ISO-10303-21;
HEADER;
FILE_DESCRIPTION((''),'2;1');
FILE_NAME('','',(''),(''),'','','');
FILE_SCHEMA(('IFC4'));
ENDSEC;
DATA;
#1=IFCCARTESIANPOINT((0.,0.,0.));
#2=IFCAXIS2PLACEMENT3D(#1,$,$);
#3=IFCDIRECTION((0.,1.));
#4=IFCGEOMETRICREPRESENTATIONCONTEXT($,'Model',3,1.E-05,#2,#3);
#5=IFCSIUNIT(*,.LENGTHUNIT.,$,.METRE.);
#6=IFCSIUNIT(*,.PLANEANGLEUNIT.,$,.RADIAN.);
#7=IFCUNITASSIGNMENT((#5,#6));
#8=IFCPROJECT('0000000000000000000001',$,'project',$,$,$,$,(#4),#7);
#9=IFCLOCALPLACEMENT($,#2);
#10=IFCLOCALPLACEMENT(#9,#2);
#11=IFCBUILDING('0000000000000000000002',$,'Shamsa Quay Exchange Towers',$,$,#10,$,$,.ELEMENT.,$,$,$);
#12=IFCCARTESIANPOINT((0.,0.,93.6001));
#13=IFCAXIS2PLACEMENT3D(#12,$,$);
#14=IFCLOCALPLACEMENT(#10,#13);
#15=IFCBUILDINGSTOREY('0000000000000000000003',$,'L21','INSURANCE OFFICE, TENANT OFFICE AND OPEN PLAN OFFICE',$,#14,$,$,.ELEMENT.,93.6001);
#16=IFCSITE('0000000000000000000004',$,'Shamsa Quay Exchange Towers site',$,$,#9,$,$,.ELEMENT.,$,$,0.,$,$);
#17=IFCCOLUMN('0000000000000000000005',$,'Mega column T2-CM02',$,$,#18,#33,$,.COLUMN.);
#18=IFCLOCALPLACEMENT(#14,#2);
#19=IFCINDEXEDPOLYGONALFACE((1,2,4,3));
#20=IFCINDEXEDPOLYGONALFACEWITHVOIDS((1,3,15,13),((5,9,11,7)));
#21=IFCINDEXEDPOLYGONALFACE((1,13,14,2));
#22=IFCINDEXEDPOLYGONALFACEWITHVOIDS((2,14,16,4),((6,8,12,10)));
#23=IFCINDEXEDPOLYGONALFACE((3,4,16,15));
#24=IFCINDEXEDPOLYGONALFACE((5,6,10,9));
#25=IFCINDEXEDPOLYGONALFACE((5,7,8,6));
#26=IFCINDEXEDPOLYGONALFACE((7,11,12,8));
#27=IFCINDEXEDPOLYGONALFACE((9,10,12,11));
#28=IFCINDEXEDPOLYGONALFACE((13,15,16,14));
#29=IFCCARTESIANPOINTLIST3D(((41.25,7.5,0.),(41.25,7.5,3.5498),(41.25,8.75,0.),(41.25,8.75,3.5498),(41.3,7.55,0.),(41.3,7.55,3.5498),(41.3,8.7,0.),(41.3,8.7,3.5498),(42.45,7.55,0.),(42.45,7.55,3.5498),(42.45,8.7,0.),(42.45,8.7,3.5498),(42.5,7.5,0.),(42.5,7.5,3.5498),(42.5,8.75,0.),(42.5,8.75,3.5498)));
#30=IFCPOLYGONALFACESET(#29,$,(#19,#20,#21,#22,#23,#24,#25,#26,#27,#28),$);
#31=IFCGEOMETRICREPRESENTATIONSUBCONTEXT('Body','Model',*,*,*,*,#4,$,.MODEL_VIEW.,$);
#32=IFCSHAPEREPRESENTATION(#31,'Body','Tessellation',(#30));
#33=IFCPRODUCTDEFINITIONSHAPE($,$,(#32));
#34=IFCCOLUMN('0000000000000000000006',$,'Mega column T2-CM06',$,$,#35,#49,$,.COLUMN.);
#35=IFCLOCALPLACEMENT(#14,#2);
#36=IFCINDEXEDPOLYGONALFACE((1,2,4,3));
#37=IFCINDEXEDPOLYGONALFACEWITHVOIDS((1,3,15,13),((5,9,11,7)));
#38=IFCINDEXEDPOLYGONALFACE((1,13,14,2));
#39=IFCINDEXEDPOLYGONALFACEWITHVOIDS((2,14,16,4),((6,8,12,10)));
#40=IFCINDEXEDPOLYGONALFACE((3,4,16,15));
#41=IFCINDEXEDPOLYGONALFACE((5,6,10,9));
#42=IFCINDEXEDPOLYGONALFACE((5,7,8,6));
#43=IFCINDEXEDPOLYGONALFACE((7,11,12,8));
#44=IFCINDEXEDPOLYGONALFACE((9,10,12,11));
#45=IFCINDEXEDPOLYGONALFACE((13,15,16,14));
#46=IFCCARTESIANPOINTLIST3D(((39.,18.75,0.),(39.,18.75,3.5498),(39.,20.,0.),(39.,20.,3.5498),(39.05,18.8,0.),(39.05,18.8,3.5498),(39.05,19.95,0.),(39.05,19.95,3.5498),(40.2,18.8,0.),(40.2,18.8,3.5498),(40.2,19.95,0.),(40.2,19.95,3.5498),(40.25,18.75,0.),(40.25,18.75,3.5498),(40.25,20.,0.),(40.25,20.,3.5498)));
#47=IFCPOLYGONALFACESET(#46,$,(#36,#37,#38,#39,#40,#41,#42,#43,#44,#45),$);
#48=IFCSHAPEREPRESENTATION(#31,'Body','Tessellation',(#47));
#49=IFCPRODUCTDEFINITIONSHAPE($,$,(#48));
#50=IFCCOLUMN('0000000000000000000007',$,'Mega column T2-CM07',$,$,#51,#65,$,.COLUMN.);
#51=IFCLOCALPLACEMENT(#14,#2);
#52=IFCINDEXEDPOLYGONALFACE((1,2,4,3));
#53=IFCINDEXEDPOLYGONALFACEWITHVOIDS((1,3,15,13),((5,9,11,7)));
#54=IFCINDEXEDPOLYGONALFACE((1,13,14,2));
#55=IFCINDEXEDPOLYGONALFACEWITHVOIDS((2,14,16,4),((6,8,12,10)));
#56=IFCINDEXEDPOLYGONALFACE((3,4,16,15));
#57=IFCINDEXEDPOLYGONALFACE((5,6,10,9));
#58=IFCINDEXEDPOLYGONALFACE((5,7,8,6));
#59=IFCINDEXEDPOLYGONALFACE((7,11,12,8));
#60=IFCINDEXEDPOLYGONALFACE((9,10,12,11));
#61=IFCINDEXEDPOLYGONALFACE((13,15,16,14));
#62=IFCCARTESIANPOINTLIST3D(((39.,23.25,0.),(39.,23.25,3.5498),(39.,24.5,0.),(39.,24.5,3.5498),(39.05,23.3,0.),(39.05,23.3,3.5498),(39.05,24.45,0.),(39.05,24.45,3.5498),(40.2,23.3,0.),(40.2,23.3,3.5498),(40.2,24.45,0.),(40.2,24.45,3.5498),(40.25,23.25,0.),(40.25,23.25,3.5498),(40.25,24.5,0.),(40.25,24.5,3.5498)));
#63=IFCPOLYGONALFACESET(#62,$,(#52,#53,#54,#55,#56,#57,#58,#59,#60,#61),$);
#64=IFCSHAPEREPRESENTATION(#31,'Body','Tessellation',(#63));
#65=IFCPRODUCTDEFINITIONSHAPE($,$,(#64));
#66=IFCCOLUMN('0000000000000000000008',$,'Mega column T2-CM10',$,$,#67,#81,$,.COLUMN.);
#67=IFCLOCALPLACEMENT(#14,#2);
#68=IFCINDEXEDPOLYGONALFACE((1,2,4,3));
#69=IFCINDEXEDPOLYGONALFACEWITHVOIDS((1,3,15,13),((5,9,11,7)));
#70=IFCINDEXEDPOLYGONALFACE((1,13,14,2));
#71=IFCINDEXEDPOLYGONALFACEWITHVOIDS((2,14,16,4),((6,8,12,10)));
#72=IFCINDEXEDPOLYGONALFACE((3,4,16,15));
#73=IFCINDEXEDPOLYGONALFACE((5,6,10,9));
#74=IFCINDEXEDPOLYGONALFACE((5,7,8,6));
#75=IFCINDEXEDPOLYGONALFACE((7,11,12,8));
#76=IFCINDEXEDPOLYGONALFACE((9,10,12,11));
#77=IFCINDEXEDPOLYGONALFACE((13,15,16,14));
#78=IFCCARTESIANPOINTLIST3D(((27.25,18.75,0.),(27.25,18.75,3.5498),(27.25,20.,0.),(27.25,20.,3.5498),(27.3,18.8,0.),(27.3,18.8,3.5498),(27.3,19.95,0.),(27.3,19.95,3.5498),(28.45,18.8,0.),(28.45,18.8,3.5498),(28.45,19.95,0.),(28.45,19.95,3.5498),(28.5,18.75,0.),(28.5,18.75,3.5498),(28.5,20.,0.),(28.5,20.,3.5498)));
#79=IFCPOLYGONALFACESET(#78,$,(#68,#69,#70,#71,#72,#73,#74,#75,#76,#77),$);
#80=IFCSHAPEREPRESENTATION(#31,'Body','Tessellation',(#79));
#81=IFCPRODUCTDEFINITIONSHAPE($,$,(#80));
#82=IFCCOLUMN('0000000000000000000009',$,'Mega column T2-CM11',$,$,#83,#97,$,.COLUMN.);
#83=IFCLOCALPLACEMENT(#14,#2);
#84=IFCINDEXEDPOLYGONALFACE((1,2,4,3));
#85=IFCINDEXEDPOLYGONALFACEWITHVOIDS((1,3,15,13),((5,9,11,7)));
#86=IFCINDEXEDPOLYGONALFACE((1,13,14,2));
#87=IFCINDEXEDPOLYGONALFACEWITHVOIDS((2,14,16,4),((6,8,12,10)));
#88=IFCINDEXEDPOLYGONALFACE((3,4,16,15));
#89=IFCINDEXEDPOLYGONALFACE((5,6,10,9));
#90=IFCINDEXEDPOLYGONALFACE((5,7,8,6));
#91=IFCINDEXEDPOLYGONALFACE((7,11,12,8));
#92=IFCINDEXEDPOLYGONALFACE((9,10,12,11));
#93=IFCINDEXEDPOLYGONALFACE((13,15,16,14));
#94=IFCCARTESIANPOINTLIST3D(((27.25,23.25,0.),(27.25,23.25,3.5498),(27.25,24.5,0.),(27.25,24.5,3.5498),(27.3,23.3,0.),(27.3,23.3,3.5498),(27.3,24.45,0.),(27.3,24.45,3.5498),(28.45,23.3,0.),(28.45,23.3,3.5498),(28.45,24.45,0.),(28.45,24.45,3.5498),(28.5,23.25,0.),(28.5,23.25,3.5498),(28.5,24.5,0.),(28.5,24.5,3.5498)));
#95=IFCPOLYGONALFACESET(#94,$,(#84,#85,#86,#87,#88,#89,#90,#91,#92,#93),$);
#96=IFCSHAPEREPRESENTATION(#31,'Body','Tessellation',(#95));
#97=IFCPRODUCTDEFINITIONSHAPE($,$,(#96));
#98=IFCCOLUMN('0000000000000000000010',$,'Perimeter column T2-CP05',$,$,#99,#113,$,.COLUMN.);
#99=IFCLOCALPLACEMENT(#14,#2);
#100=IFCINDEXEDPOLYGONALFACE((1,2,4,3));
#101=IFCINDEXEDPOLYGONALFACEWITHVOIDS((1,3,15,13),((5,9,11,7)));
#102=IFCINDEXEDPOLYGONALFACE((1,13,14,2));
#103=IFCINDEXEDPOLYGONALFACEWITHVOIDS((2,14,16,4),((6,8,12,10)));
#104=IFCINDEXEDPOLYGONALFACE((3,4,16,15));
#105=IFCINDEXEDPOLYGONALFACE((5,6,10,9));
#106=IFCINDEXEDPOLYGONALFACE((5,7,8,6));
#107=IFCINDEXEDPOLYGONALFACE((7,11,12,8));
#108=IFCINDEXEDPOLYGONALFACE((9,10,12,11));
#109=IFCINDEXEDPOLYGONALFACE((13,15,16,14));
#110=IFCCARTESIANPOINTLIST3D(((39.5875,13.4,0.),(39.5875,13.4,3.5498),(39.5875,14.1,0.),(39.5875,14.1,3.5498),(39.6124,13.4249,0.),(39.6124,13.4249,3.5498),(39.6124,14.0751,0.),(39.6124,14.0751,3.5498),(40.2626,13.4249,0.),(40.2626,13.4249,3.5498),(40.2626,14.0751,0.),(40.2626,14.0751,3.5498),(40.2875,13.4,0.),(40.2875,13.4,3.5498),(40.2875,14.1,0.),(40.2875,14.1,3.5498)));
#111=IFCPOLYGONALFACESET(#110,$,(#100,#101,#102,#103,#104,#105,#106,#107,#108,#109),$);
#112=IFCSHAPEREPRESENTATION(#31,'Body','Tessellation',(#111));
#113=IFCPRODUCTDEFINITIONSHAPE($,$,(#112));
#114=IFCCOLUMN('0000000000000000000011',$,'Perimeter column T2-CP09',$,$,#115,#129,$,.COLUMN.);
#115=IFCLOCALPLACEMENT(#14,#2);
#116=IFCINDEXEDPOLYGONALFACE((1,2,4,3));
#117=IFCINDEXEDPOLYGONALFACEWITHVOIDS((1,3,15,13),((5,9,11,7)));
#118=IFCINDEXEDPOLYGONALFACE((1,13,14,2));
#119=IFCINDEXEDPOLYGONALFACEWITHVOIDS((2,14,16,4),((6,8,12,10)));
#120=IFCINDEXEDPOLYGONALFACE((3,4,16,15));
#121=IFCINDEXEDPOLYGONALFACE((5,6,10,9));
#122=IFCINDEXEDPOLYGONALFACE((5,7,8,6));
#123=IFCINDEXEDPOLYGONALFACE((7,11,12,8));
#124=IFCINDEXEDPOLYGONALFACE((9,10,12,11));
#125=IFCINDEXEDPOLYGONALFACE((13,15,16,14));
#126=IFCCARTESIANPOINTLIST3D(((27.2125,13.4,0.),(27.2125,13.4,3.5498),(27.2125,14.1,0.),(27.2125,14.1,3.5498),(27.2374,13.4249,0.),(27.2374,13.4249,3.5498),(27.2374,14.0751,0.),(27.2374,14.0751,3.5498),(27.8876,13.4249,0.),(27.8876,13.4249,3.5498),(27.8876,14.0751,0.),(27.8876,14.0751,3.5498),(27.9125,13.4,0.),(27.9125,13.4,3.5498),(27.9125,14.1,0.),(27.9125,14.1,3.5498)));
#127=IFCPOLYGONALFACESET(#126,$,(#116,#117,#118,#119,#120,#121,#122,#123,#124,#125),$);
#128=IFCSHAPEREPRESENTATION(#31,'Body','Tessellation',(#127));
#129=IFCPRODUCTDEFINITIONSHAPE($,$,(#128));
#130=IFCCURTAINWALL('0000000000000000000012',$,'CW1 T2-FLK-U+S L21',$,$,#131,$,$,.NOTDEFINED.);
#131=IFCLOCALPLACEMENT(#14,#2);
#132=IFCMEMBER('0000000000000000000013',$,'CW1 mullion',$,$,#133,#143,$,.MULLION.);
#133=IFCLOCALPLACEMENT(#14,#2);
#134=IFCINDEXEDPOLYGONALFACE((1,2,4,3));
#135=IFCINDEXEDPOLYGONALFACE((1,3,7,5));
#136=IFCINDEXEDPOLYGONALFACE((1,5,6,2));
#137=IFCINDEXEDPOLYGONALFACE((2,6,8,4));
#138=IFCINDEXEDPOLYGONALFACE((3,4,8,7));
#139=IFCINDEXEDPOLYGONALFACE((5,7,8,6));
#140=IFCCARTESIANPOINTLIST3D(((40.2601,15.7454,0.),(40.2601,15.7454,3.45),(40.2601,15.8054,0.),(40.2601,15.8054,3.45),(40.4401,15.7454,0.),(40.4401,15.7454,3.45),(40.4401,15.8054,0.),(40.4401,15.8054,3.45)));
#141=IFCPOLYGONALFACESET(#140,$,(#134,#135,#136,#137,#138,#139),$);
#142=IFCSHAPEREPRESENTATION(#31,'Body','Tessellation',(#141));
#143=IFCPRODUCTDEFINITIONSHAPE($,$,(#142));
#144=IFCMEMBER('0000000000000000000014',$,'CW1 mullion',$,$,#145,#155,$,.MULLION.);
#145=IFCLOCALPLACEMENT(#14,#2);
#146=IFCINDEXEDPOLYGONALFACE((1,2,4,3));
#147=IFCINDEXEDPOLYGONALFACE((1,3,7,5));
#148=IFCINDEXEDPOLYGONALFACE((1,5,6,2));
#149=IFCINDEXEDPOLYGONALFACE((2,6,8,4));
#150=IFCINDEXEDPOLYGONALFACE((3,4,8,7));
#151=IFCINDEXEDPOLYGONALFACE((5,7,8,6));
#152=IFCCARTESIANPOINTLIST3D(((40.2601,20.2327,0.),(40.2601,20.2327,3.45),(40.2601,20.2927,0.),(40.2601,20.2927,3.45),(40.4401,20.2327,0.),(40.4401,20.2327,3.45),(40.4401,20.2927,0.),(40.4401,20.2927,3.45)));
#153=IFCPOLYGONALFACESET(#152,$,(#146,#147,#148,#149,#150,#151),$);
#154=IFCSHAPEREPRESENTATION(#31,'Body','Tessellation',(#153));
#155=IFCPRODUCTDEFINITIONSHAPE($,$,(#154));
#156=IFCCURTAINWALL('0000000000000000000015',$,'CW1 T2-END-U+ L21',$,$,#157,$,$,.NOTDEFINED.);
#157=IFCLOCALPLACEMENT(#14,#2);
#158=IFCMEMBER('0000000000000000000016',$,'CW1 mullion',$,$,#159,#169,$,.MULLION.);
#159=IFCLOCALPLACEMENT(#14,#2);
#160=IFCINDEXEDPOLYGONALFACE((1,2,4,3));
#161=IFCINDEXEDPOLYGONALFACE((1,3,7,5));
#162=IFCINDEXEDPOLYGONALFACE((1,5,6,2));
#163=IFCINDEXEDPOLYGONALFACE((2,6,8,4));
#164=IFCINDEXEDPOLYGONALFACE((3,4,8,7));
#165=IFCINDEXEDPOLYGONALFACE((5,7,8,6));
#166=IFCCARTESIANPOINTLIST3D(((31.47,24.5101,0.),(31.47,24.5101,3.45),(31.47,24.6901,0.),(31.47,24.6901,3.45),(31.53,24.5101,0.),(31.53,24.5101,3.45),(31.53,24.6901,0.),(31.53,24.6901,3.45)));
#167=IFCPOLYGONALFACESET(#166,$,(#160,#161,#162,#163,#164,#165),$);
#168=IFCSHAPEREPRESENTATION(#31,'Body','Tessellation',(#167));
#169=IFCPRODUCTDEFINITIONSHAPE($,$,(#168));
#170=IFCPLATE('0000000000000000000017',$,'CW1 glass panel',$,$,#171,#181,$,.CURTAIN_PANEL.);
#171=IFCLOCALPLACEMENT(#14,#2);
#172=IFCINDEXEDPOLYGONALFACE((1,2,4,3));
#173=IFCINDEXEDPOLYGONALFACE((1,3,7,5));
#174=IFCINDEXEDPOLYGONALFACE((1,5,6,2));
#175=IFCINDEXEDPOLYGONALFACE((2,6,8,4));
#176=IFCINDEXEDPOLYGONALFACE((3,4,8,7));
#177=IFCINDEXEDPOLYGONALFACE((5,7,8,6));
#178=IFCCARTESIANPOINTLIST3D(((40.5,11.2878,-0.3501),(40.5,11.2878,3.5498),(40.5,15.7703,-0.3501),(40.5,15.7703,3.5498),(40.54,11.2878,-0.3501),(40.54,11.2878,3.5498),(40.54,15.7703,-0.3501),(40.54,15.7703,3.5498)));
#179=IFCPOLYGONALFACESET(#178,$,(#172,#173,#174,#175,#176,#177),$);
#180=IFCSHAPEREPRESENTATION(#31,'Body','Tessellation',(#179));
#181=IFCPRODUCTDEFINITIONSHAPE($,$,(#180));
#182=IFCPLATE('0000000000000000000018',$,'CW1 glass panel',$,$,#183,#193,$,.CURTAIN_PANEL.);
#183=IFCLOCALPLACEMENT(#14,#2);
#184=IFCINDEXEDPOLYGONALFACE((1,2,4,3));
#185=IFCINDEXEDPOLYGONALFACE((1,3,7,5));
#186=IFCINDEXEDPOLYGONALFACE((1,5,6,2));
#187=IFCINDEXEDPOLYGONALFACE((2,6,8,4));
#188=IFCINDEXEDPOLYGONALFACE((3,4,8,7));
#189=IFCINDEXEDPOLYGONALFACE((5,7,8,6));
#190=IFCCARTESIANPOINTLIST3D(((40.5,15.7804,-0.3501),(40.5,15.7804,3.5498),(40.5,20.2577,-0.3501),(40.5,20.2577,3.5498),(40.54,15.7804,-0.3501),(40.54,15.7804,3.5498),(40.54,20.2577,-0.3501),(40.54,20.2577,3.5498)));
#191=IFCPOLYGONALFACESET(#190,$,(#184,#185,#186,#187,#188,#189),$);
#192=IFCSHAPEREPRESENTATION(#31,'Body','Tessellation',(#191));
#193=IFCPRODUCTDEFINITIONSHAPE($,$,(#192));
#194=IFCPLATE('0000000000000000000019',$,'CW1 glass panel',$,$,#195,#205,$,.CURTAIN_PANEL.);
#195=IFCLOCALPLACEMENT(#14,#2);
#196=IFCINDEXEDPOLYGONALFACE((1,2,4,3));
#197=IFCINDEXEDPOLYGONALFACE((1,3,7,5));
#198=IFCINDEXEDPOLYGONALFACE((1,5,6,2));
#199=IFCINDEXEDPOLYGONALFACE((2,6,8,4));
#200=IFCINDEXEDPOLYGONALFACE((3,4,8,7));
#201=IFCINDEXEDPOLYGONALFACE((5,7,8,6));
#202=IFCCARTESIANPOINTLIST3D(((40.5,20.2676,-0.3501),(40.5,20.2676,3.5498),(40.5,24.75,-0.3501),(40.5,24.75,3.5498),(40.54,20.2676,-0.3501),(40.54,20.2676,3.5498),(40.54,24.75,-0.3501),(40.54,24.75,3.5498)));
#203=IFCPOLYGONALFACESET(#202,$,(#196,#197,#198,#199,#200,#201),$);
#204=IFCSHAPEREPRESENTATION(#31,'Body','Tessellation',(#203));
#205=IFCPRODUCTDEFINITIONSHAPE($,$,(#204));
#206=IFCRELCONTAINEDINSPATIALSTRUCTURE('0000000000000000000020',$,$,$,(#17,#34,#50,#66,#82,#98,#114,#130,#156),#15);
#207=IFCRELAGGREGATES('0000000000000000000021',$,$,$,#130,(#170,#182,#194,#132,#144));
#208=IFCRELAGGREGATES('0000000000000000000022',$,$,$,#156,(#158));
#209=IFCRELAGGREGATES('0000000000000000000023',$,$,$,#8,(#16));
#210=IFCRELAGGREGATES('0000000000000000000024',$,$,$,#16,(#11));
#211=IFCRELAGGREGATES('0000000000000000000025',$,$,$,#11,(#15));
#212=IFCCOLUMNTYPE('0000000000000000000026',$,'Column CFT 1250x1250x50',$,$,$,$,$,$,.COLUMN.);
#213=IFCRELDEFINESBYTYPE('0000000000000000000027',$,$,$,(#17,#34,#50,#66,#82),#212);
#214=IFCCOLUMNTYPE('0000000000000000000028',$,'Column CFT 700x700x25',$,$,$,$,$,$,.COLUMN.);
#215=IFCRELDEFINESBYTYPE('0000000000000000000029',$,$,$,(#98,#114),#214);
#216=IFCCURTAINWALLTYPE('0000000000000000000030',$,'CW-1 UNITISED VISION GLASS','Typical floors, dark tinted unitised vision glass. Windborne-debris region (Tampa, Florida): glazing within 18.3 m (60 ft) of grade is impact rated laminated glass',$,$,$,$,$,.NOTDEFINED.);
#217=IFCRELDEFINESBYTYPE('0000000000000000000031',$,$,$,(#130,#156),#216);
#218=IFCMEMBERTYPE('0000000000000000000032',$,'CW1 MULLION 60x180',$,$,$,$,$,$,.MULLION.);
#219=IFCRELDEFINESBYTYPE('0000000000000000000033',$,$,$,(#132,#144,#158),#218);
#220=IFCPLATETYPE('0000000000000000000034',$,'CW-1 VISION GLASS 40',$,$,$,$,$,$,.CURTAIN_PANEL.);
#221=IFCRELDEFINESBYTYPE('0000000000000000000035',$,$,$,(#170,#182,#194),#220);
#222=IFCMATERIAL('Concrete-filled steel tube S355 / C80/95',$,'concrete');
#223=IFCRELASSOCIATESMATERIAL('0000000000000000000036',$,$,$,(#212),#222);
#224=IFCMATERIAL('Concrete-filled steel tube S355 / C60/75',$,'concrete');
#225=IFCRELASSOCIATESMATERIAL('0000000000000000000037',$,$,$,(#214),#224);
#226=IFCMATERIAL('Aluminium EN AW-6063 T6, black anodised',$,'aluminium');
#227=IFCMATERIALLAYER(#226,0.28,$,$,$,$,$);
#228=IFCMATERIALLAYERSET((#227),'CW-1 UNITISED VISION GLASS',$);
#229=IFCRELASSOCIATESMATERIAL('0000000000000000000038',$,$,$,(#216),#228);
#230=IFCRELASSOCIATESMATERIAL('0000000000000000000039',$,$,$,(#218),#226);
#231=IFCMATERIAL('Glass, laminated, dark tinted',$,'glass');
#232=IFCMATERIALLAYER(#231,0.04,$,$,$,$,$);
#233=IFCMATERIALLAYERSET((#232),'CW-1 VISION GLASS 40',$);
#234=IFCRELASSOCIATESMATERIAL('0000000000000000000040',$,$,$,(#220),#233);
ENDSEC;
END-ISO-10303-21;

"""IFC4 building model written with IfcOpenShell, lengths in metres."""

from ifc_helpers import new_model, si_unit, direction, frame, origin, origin_2d, place, context, subcontext, project, spatial, rectangle, hollow_rectangle, extrude, material, layer, layer_set, material_profile, profile_set, type_object, element, aggregate, save


model = new_model("IFC4")

# Units and contexts
model_context = context("Model", 3, precision=1e-05, world=origin(), true_north=direction((0.0, 1.0)))
body_context = subcontext(model_context, "Body", "Model", "MODEL_VIEW")
ifc_project = project(units=[si_unit("LENGTHUNIT", "METRE"), si_unit("PLANEANGLEUNIT", "RADIAN")], contexts=[model_context])

# Site, building, storey
site_placement = place(None, origin())
site = spatial("IfcSite", under=ifc_project, at=site_placement, Name="Shamsa Quay Exchange Towers site", CompositionType="ELEMENT", RefElevation=0.0)
building_placement = place(site_placement, origin())
building = spatial("IfcBuilding", under=site, at=building_placement, Name="Shamsa Quay Exchange Towers", CompositionType="ELEMENT")
storey_placement = place(building_placement, frame((0.0, 0.0, 93.6001)))
storey = spatial("IfcBuildingStorey", under=building, at=storey_placement, Name="L21", Description="INSURANCE OFFICE, TENANT OFFICE AND OPEN PLAN OFFICE", CompositionType="ELEMENT", Elevation=93.6001)

# Columns
ifc_material_1 = material(Name="Concrete-filled steel tube S355 / C80/95", Category="concrete")
ifc_material_profile_1 = material_profile(ifc_material_1, hollow_rectangle(XDim=1.25, YDim=1.25, WallThickness=0.05, at=origin_2d()), Name="CFT 1250x1250x50")
ifc_profile_set_1 = profile_set([ifc_material_profile_1], Name="Concrete-filled steel tube S355 / C80/95")
column_type_1 = type_object("IfcColumnType", Name="Column CFT 1250x1250x50", PredefinedType="COLUMN", material=ifc_profile_set_1)
for number, where, name in (
    (1, (41.875, 8.125, 0.0), "Mega column T2-CM02"),
    (2, (39.625, 19.375, 0.0), "Mega column T2-CM06"),
    (3, (39.625, 23.875, 0.0), "Mega column T2-CM07"),
    (4, (27.875, 19.375, 0.0), "Mega column T2-CM10"),
    (5, (27.875, 23.875, 0.0), "Mega column T2-CM11"),
):
    element("IfcColumn", number, at=place(storey_placement, frame(where)), inside=storey, type_object=column_type_1, Name=name, PredefinedType="COLUMN", context=body_context, shape_type="SweptSolid", body=[
        extrude(hollow_rectangle(XDim=1.25, YDim=1.25, WallThickness=0.05, at=origin_2d()), origin(), (0.0, 0.0, 1.0), 3.5498),
    ])
ifc_material_2 = material(Name="Concrete-filled steel tube S355 / C60/75", Category="concrete")
ifc_material_profile_2 = material_profile(ifc_material_2, hollow_rectangle(XDim=0.7, YDim=0.7, WallThickness=0.0249, at=origin_2d()), Name="CFT 700x700x25")
ifc_profile_set_2 = profile_set([ifc_material_profile_2], Name="Concrete-filled steel tube S355 / C60/75")
column_type_2 = type_object("IfcColumnType", Name="Column CFT 700x700x25", PredefinedType="COLUMN", material=ifc_profile_set_2)
for number, where, name in (
    (6, (39.9375, 13.75, 0.0), "Perimeter column T2-CP05"),
    (7, (27.5625, 13.75, 0.0), "Perimeter column T2-CP09"),
):
    element("IfcColumn", number, at=place(storey_placement, frame(where)), inside=storey, type_object=column_type_2, Name=name, PredefinedType="COLUMN", context=body_context, shape_type="SweptSolid", body=[
        extrude(hollow_rectangle(XDim=0.7, YDim=0.7, WallThickness=0.0249, at=origin_2d()), origin(), (0.0, 0.0, 1.0), 3.5498),
    ])

# Curtain wall, members
ifc_material_3 = material(Name="Aluminium EN AW-6063 T6, black anodised", Category="aluminium")
ifc_layer_1 = layer(ifc_material_3, 0.28)
ifc_layer_set_1 = layer_set([ifc_layer_1], Name="CW-1 UNITISED VISION GLASS")
curtain_wall_type_1 = type_object("IfcCurtainWallType", Name="CW-1 UNITISED VISION GLASS", Description="Typical floors, dark tinted unitised vision glass. Windborne-debris region (Tampa, Florida): glazing within 18.3 m (60 ft) of grade is impact rated laminated glass", PredefinedType="NOTDEFINED", material=ifc_layer_set_1)
curtain_wall_1_placement = place(storey_placement, origin())
curtain_wall_1 = element("IfcCurtainWall", 8, at=curtain_wall_1_placement, inside=storey, type_object=curtain_wall_type_1, Name="CW1 T2-FLK-U+S L21", PredefinedType="NOTDEFINED")
ifc_material_profile_3 = material_profile(ifc_material_3, rectangle(XDim=0.1799, YDim=0.0601, at=origin_2d()), Name="MU60x180")
ifc_profile_set_3 = profile_set([ifc_material_profile_3], Name="Aluminium EN AW-6063 T6, black anodised")
member_type = type_object("IfcMemberType", Name="CW1 MULLION 60x180", PredefinedType="MULLION", material=ifc_profile_set_3)
member_1_placement = place(storey_placement, frame((40.3501, 15.7754, 0.0), z_axis=(0.0, 0.0, 1.0), x_axis=(-1.0, 0.0, 0.0)))
member_1 = element("IfcMember", 9, at=member_1_placement, type_object=member_type, Name="CW1 mullion", PredefinedType="MULLION", context=body_context, shape_type="SweptSolid", body=[
    extrude(rectangle(XDim=0.1799, YDim=0.0601, at=origin_2d()), origin(), (0.0, 0.0, 1.0), 3.45),
])
member_2_placement = place(storey_placement, frame((40.3501, 20.2627, 0.0), z_axis=(0.0, 0.0, 1.0), x_axis=(-1.0, 0.0, 0.0)))
member_2 = element("IfcMember", 10, at=member_2_placement, type_object=member_type, Name="CW1 mullion", PredefinedType="MULLION", context=body_context, shape_type="SweptSolid", body=[
    extrude(rectangle(XDim=0.1799, YDim=0.0601, at=origin_2d()), origin(), (0.0, 0.0, 1.0), 3.45),
])

# Curtain wall, member
curtain_wall_2_placement = place(storey_placement, origin())
curtain_wall_2 = element("IfcCurtainWall", 11, at=curtain_wall_2_placement, inside=storey, type_object=curtain_wall_type_1, Name="CW1 T2-END-U+ L21", PredefinedType="NOTDEFINED")
member_3_placement = place(storey_placement, frame((31.5, 24.6001, 0.0), z_axis=(0.0, 0.0, 1.0), x_axis=(0.0, -1.0, 0.0)))
member_3 = element("IfcMember", 12, at=member_3_placement, type_object=member_type, Name="CW1 mullion", PredefinedType="MULLION", context=body_context, shape_type="SweptSolid", body=[
    extrude(rectangle(XDim=0.1799, YDim=0.0601, at=origin_2d()), origin(), (0.0, 0.0, 1.0), 3.45),
])

# Plates
ifc_material_4 = material(Name="Glass, laminated, dark tinted", Category="glass")
ifc_layer_2 = layer(ifc_material_4, 0.04)
ifc_layer_set_2 = layer_set([ifc_layer_2], Name="CW-1 VISION GLASS 40")
plate_type_1 = type_object("IfcPlateType", Name="CW-1 VISION GLASS 40", PredefinedType="CURTAIN_PANEL", material=ifc_layer_set_2)
plate_1_placement = place(storey_placement, frame((40.52, 13.5291, -0.3501), z_axis=(0.0, 0.0, 1.0), x_axis=(0.0, 1.0, 0.0)))
plate_1 = element("IfcPlate", 13, at=plate_1_placement, type_object=plate_type_1, Name="CW1 glass panel", PredefinedType="CURTAIN_PANEL", context=body_context, shape_type="SweptSolid", body=[
    extrude(rectangle(XDim=4.4824, YDim=0.04, at=origin_2d()), origin(), (0.0, 0.0, 1.0), 3.8999),
])
plate_2_placement = place(storey_placement, frame((40.52, 18.019, -0.3501), z_axis=(0.0, 0.0, 1.0), x_axis=(0.0, 1.0, 0.0)))
plate_2 = element("IfcPlate", 14, at=plate_2_placement, type_object=plate_type_1, Name="CW1 glass panel", PredefinedType="CURTAIN_PANEL", context=body_context, shape_type="SweptSolid", body=[
    extrude(rectangle(XDim=4.4773, YDim=0.04, at=origin_2d()), origin(), (0.0, 0.0, 1.0), 3.8999),
])
plate_3_placement = place(storey_placement, frame((40.52, 22.5088, -0.3501), z_axis=(0.0, 0.0, 1.0), x_axis=(0.0, 1.0, 0.0)))
plate_3 = element("IfcPlate", 15, at=plate_3_placement, type_object=plate_type_1, Name="CW1 glass panel", PredefinedType="CURTAIN_PANEL", context=body_context, shape_type="SweptSolid", body=[
    extrude(rectangle(XDim=4.4824, YDim=0.04, at=origin_2d()), origin(), (0.0, 0.0, 1.0), 3.8999),
])
aggregate(curtain_wall_1, [plate_1, plate_2, plate_3, member_1, member_2])
aggregate(curtain_wall_2, [member_3])

save(model, "model.ifc")
